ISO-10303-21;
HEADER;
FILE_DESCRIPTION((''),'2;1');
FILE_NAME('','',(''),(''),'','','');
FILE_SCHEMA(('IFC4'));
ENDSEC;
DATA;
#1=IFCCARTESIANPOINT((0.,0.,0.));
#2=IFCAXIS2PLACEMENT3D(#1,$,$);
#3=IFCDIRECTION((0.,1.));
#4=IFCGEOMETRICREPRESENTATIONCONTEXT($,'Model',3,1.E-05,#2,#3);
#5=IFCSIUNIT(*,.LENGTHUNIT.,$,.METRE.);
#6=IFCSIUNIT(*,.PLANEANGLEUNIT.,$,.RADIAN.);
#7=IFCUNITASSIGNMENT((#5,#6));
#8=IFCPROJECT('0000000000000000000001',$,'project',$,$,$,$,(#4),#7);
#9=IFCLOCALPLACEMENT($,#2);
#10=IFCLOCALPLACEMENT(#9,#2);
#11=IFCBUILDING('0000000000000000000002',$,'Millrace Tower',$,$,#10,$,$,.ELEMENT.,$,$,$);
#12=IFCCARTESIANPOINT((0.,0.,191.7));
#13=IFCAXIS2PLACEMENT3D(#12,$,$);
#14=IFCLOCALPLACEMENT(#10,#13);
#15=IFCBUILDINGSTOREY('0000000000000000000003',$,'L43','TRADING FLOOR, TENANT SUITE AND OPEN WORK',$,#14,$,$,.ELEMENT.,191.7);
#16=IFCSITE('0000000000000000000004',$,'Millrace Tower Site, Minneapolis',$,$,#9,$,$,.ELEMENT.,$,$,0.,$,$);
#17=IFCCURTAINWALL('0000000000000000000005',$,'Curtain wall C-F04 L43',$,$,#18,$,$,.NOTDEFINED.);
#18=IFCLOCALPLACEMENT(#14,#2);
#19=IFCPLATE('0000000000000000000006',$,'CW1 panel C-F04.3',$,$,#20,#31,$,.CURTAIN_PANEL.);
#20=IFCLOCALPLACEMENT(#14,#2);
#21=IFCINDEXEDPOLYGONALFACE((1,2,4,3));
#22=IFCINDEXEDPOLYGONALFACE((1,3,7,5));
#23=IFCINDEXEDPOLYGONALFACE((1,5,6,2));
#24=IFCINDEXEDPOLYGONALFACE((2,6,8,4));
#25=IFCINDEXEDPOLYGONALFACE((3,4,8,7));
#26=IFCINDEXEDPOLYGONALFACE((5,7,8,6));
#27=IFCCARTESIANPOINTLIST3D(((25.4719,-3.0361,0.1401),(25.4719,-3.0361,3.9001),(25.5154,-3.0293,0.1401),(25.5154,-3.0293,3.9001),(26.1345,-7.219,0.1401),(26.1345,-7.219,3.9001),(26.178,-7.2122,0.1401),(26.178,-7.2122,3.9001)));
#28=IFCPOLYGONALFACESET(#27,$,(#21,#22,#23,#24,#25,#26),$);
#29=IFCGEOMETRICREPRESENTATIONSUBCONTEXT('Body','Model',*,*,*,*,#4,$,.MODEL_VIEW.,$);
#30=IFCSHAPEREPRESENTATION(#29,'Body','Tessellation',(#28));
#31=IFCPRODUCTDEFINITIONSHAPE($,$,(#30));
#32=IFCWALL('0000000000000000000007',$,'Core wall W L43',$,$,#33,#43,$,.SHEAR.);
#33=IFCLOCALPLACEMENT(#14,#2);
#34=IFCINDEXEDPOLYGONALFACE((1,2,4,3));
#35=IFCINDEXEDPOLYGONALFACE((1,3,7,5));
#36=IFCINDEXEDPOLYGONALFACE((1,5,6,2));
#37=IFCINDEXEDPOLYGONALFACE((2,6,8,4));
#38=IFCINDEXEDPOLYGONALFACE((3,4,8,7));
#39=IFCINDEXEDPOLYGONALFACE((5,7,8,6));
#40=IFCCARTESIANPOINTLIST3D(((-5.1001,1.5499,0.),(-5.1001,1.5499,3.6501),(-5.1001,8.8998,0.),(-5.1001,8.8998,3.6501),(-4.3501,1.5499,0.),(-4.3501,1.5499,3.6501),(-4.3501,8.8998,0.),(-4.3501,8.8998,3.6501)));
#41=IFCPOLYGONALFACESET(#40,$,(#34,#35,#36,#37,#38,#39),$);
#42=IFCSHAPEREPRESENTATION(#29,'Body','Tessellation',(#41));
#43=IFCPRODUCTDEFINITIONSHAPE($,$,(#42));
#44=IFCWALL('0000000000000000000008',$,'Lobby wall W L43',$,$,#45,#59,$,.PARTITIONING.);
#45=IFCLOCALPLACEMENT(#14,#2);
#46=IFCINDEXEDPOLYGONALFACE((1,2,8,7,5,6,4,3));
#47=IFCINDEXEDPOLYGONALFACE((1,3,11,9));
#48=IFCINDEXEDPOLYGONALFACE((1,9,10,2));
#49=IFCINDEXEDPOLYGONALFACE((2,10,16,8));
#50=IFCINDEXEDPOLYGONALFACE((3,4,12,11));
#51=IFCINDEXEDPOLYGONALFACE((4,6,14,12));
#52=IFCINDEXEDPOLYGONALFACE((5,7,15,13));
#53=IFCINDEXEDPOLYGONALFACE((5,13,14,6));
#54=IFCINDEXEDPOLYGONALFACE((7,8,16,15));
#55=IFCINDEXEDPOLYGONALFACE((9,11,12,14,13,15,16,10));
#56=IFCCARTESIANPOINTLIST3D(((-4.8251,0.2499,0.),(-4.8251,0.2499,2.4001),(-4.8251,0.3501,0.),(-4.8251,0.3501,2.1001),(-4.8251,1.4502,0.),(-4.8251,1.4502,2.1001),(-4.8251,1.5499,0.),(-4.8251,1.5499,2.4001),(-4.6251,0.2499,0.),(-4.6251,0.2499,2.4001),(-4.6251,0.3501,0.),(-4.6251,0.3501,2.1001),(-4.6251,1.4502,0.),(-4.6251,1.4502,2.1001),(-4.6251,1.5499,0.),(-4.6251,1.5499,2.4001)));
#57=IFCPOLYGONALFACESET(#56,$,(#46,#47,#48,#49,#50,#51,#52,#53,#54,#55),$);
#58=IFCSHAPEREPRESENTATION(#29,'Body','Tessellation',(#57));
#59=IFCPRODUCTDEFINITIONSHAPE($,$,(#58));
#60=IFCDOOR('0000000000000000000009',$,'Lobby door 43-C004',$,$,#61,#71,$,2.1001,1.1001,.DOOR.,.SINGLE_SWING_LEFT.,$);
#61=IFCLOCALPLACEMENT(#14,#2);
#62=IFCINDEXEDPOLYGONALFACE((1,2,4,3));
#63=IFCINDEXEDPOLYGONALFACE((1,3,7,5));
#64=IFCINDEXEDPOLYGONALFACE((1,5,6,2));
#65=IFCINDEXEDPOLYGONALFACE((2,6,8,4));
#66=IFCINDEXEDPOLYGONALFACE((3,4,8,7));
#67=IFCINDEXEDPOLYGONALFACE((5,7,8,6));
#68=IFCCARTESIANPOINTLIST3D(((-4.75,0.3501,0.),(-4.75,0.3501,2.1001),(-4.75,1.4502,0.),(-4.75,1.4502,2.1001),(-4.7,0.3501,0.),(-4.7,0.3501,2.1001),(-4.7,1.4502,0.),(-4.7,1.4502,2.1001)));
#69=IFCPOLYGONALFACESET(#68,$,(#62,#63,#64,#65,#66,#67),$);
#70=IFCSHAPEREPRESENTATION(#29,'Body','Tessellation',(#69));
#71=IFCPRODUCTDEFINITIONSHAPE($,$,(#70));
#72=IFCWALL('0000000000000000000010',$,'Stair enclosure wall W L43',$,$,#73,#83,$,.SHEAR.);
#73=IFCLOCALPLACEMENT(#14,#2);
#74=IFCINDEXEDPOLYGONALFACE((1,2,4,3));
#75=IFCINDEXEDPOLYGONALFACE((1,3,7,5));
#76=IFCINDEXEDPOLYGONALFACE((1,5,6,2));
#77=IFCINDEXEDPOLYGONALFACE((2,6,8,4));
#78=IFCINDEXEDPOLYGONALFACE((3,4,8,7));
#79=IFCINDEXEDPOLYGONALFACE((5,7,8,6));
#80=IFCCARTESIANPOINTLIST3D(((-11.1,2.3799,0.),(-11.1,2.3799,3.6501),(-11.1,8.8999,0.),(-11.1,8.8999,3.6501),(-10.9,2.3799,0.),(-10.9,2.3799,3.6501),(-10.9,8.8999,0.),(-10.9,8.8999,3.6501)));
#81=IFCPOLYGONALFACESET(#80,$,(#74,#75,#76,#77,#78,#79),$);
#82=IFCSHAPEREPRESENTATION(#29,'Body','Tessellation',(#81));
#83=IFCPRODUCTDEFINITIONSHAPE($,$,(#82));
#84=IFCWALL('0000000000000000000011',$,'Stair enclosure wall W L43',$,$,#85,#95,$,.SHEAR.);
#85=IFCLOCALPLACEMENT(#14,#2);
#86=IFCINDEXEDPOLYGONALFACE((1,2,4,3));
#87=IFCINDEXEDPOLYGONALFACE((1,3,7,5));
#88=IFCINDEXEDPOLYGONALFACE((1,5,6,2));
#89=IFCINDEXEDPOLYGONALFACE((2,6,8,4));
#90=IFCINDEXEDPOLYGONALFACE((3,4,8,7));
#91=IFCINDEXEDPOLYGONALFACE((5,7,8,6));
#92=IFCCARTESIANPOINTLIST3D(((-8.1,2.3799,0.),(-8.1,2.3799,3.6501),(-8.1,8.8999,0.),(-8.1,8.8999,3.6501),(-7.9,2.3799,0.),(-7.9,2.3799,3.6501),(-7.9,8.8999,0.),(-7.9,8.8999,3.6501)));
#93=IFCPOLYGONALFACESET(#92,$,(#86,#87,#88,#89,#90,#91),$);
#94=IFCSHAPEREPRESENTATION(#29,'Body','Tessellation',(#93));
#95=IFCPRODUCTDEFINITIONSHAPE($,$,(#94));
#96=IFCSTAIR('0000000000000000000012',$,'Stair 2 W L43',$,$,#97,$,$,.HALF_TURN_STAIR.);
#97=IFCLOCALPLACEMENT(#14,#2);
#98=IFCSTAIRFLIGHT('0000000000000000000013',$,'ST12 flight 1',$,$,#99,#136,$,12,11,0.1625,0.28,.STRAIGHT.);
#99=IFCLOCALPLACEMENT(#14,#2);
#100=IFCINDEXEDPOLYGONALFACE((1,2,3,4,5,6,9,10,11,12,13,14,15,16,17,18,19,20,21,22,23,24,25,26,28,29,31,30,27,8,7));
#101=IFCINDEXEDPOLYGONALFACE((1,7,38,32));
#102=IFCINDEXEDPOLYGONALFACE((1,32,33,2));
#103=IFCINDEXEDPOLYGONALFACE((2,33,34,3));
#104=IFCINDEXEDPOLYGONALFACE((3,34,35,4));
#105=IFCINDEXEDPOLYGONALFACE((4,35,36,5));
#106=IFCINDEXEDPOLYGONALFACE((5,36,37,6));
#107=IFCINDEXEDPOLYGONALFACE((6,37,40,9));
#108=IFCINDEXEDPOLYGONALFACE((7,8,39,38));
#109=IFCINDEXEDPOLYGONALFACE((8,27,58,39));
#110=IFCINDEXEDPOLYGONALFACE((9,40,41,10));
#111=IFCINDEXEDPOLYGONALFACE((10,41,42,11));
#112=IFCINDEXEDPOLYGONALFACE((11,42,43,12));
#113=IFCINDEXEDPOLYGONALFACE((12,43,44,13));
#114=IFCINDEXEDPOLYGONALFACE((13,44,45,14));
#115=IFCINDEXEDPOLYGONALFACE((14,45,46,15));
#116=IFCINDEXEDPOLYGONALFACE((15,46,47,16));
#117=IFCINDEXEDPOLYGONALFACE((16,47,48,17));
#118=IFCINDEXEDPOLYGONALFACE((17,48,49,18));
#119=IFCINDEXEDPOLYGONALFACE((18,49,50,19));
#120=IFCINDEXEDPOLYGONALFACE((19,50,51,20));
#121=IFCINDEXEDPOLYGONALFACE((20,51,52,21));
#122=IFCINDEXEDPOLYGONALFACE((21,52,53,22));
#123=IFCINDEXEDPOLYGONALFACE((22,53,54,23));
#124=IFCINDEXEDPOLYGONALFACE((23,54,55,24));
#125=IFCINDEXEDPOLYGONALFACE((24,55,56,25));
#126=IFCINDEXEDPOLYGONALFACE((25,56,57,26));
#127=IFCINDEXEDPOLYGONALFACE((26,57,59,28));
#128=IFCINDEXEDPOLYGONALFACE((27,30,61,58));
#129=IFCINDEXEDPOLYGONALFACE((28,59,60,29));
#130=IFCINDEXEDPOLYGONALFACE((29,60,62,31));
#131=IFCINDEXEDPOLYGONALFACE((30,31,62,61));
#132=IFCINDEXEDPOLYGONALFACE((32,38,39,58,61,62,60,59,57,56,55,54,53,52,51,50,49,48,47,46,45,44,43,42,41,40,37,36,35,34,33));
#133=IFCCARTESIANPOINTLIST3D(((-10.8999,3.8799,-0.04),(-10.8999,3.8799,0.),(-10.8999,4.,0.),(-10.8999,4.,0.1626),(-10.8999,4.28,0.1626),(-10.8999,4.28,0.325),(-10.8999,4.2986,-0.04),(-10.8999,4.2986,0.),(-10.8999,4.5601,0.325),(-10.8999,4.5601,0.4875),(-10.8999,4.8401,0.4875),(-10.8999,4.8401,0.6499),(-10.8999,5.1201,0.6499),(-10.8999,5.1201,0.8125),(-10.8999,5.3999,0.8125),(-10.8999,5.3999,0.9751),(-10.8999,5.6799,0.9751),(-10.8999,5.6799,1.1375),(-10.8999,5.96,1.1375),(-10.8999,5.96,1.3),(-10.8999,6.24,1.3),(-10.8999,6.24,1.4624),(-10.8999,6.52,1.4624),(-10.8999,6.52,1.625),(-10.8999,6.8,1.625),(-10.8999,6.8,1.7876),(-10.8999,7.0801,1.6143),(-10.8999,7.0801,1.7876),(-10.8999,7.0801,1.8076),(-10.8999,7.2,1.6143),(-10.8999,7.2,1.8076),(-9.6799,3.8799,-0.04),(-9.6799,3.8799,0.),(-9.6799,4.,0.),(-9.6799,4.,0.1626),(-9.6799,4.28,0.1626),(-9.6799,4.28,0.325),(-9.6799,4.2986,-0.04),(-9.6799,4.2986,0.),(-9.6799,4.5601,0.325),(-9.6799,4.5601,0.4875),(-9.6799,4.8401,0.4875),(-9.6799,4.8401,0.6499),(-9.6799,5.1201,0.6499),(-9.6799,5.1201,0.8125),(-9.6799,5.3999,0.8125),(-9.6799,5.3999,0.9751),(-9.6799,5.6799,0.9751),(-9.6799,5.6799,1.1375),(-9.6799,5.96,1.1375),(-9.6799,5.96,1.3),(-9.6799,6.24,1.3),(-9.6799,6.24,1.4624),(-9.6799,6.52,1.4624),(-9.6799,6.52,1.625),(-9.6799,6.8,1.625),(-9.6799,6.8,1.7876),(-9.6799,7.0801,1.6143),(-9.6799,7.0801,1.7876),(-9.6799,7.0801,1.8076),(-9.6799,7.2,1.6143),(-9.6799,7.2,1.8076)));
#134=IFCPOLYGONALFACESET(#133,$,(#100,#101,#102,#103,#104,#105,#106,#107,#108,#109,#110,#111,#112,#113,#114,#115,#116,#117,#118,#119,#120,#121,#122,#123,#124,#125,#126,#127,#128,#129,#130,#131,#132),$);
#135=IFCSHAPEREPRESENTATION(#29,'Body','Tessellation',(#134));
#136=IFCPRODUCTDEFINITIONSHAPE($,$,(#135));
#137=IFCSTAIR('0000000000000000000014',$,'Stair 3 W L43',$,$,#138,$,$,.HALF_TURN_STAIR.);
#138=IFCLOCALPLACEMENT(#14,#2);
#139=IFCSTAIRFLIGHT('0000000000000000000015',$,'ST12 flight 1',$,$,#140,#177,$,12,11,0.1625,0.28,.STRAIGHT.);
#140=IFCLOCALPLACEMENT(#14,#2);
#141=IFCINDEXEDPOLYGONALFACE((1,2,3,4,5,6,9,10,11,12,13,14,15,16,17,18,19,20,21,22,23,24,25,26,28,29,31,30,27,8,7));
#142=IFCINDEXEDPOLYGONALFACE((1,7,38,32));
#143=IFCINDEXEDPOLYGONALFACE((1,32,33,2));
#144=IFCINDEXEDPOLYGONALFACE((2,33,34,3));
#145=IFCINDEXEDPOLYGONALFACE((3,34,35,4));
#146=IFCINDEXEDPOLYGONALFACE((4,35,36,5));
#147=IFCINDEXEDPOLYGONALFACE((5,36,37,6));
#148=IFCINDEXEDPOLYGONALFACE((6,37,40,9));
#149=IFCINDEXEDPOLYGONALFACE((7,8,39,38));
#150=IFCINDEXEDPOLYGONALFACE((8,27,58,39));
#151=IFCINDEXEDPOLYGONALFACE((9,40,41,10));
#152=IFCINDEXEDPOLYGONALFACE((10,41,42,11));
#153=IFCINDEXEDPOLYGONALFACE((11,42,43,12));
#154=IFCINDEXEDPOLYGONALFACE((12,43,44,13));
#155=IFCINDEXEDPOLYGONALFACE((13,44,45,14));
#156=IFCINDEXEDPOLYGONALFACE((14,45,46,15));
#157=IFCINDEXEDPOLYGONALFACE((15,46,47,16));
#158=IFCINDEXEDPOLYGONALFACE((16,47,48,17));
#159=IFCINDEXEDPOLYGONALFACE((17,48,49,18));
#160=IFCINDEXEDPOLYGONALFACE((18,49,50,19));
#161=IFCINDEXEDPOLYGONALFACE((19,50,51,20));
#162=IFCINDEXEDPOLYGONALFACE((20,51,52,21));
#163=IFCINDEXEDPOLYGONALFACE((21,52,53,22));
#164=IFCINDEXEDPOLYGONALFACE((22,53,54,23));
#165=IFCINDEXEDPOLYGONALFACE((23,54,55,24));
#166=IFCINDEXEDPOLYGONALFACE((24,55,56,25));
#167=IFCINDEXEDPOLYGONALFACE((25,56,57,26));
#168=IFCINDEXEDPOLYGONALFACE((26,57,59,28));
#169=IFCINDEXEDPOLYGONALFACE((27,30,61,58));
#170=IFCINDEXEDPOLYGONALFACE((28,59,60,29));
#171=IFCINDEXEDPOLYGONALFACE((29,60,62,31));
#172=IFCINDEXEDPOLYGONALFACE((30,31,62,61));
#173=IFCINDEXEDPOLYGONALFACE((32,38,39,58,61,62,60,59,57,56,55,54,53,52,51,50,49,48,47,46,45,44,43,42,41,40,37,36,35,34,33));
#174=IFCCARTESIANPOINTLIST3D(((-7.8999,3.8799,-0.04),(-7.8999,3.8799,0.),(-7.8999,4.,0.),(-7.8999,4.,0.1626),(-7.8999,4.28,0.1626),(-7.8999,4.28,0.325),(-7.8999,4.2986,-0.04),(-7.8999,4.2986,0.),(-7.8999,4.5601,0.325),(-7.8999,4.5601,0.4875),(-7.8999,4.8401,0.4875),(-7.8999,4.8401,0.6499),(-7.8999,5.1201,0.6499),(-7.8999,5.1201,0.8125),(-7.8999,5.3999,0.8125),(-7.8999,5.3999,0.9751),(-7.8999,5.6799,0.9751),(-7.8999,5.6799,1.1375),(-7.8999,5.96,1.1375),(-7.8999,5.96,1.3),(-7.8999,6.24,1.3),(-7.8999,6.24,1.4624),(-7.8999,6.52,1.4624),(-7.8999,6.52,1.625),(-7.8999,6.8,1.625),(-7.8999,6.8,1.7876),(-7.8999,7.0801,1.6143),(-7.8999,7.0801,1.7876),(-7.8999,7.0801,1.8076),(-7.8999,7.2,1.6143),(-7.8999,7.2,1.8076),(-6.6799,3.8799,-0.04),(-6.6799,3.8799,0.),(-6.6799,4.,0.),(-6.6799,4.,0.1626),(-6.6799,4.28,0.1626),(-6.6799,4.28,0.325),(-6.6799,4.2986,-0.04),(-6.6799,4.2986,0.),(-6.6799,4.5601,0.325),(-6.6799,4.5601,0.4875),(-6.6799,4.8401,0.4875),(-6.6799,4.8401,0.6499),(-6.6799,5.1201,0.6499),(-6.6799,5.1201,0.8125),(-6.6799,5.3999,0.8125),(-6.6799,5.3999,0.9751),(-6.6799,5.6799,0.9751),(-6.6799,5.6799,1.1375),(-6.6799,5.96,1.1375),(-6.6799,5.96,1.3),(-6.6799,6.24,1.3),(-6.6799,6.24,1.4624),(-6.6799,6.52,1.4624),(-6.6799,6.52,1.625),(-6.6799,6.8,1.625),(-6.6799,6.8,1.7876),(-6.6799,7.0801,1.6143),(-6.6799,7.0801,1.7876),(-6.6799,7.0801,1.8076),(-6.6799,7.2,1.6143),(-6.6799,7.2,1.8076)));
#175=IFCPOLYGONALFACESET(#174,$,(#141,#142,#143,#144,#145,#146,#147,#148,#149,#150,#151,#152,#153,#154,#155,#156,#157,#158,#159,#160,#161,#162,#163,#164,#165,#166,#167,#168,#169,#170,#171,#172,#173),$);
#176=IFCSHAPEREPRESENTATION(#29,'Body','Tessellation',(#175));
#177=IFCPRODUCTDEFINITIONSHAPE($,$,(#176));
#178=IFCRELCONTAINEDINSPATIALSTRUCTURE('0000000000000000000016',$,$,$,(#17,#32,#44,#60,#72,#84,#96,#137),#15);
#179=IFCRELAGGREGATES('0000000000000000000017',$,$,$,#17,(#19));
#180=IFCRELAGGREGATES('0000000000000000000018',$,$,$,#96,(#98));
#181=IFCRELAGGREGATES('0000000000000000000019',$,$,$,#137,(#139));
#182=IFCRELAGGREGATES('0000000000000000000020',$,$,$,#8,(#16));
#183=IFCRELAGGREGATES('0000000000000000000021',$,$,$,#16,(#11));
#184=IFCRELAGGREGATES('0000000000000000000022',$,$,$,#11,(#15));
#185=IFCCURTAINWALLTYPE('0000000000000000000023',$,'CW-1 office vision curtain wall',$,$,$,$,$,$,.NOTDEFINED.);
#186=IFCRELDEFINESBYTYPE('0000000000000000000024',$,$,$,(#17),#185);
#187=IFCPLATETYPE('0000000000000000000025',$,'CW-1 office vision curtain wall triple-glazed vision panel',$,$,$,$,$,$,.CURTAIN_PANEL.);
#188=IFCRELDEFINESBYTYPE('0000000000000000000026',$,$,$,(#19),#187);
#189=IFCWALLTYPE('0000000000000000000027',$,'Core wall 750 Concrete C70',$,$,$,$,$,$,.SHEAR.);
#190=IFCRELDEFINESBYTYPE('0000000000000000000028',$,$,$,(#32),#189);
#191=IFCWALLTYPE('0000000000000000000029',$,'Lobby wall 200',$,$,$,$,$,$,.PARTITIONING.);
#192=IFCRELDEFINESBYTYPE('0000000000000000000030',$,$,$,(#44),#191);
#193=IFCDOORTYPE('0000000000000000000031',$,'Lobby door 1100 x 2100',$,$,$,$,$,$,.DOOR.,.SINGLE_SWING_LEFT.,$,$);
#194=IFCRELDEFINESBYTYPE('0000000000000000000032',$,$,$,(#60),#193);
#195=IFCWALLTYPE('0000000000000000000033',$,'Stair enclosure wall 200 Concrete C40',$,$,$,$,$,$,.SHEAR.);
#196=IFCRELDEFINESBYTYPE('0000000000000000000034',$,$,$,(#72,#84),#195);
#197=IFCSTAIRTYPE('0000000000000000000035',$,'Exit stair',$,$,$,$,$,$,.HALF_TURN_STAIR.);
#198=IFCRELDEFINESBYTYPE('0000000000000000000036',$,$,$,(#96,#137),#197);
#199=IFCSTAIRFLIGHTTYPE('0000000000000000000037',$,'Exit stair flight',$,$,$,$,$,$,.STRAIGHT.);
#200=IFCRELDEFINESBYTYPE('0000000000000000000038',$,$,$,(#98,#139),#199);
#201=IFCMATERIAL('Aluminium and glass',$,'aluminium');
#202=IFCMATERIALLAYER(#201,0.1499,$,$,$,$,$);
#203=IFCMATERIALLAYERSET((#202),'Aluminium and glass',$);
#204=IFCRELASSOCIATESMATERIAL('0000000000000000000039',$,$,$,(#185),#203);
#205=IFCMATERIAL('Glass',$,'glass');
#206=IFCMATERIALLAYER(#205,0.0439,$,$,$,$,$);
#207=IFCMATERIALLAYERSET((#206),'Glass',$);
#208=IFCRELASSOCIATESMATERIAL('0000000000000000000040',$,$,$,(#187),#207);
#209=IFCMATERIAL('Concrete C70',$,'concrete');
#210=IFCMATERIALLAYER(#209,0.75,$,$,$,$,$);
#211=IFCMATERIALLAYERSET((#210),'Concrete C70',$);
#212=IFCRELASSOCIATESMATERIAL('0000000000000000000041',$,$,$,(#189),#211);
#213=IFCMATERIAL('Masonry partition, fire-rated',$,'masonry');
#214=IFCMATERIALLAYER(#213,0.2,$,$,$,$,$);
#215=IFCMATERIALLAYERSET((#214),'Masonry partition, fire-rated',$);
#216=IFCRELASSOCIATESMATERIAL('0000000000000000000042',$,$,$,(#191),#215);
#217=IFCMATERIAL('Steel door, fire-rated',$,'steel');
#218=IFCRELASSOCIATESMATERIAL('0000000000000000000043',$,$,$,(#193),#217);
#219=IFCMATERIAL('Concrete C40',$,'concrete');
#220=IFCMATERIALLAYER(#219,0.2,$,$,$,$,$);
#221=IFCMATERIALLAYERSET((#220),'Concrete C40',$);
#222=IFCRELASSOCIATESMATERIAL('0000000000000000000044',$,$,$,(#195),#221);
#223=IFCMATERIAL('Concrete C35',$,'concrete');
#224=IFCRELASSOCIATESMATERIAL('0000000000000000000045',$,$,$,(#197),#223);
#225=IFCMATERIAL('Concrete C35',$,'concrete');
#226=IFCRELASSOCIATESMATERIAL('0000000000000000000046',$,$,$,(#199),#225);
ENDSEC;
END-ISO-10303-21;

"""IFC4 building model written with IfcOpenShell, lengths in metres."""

from ifc_helpers import new_model, si_unit, direction, frame, frame_2d, origin, place, context, subcontext, project, spatial, polyline, rectangle, outline, extrude, material, layer, layer_set, type_object, element, fill, aggregate, save


model = new_model("IFC4")

# Units and contexts
model_context = context("Model", 3, precision=1e-05, world=origin(), true_north=direction((0.0, 1.0)))
body_context = subcontext(model_context, "Body", "Model", "MODEL_VIEW")
ifc_project = project(units=[si_unit("LENGTHUNIT", "METRE"), si_unit("PLANEANGLEUNIT", "RADIAN")], contexts=[model_context])

# Site, building, storey
site_placement = place(None, origin())
site = spatial("IfcSite", under=ifc_project, at=site_placement, Name="Millrace Tower Site, Minneapolis", CompositionType="ELEMENT", RefElevation=0.0)
building_placement = place(site_placement, origin())
building = spatial("IfcBuilding", under=site, at=building_placement, Name="Millrace Tower", CompositionType="ELEMENT")
storey_placement = place(building_placement, frame((0.0, 0.0, 191.7)))
storey = spatial("IfcBuildingStorey", under=building, at=storey_placement, Name="L43", Description="TRADING FLOOR, TENANT SUITE AND OPEN WORK", CompositionType="ELEMENT", Elevation=191.7)

# Shared definitions
ifc_material_1 = material(Name="Aluminium and glass", Category="aluminium")
ifc_layer_1 = layer(ifc_material_1, 0.1499)
ifc_layer_set_1 = layer_set([ifc_layer_1], Name="Aluminium and glass")
curtain_wall_type = type_object("IfcCurtainWallType", Name="CW-1 office vision curtain wall", PredefinedType="NOTDEFINED", material=ifc_layer_set_1)
placement_1 = place(storey_placement, origin())
ifc_material_2 = material(Name="Glass", Category="glass")
ifc_layer_2 = layer(ifc_material_2, 0.0439)
ifc_layer_set_2 = layer_set([ifc_layer_2], Name="Glass")
plate_type = type_object("IfcPlateType", Name="CW-1 office vision curtain wall triple-glazed vision panel", PredefinedType="CURTAIN_PANEL", material=ifc_layer_set_2)
placement_2 = place(storey_placement, frame((0.0, 0.0, 0.1401)))

# Curtain wall, plate
curtain_wall_1 = element("IfcCurtainWall", 1, at=placement_1, inside=storey, type_object=curtain_wall_type, Name="Curtain wall C-F04 L43", PredefinedType="NOTDEFINED")
plate_1 = element("IfcPlate", 2, at=placement_2, type_object=plate_type, Name="CW1 panel C-F04.3", PredefinedType="CURTAIN_PANEL", context=body_context, shape_type="SweptSolid", body=[
    extrude(outline(polyline([(26.178, -7.2122), (25.5154, -3.0293), (25.4719, -3.0361), (26.1345, -7.219), (26.178, -7.2122)])), origin(), (0.0, 0.0, 1.0), 3.76),
])
aggregate(curtain_wall_1, [plate_1])

# Wall
ifc_material_3 = material(Name="Concrete C70", Category="concrete")
ifc_layer_3 = layer(ifc_material_3, 0.75)
ifc_layer_set_3 = layer_set([ifc_layer_3], Name="Concrete C70")
wall_type_1 = type_object("IfcWallType", Name="Core wall 750 Concrete C70", PredefinedType="SHEAR", material=ifc_layer_set_3)
wall_1_placement = place(storey_placement, frame((-4.7251, 1.55, 0.0), z_axis=(0.0, 0.0, 1.0), x_axis=(0.0, 1.0, 0.0)))
element("IfcWall", 3, at=wall_1_placement, inside=storey, type_object=wall_type_1, Name="Core wall W L43", PredefinedType="SHEAR", context=body_context, shape_type="SweptSolid", body=[
    extrude(rectangle(XDim=7.3499, YDim=0.75, at=frame_2d((3.6748, 0.0))), origin(), (0.0, 0.0, 1.0), 3.6501),
])

# Wall, opening, door
ifc_material_4 = material(Name="Masonry partition, fire-rated", Category="masonry")
ifc_layer_4 = layer(ifc_material_4, 0.2)
ifc_layer_set_4 = layer_set([ifc_layer_4], Name="Masonry partition, fire-rated")
wall_type_2 = type_object("IfcWallType", Name="Lobby wall 200", PredefinedType="PARTITIONING", material=ifc_layer_set_4)
wall_2_placement = place(storey_placement, frame((-4.7251, 0.25, 0.0), z_axis=(0.0, 0.0, 1.0), x_axis=(0.0, 1.0, 0.0)))
wall_2 = element("IfcWall", 4, at=wall_2_placement, inside=storey, type_object=wall_type_2, Name="Lobby wall W L43", PredefinedType="PARTITIONING", context=body_context, shape_type="SweptSolid", body=[
    extrude(rectangle(XDim=1.3, YDim=0.2, at=frame_2d((0.6499, 0.0))), origin(), (0.0, 0.0, 1.0), 2.4001),
])
opening_placement = place(wall_2_placement, frame((0.1001, 0.0, 0.0)))
opening = element("IfcOpeningElement", 5, at=opening_placement, cuts=wall_2, PredefinedType="OPENING", context=body_context, shape_type="SweptSolid", body=[
    extrude(rectangle(XDim=1.1001, YDim=2.1001, at=frame_2d((0.55, 1.05))), frame((0.0, 0.1099, 0.0), z_axis=(0.0, -1.0, 0.0), x_axis=(1.0, 0.0, 0.0)), (0.0, 0.0, 1.0), 0.22),
])
ifc_material_5 = material(Name="Steel door, fire-rated", Category="steel")
door_type = type_object("IfcDoorType", Name="Lobby door 1100 x 2100", OperationType="SINGLE_SWING_LEFT", PredefinedType="DOOR", material=ifc_material_5)
door_placement = place(opening_placement, origin())
door = element("IfcDoor", 6, at=door_placement, inside=storey, type_object=door_type, Name="Lobby door 43-C004", OperationType="SINGLE_SWING_LEFT", OverallHeight=2.1001, OverallWidth=1.1001, PredefinedType="DOOR", context=body_context, shape_type="SweptSolid", body=[
    extrude(rectangle(XDim=1.1001, YDim=2.1001, at=frame_2d((0.55, 1.05))), frame((0.0, 0.0249, 0.0), z_axis=(0.0, -1.0, 0.0), x_axis=(1.0, 0.0, 0.0)), (0.0, 0.0, 1.0), 0.05),
])
fill(opening, door)

# Walls
ifc_material_6 = material(Name="Concrete C40", Category="concrete")
ifc_layer_5 = layer(ifc_material_6, 0.2)
ifc_layer_set_5 = layer_set([ifc_layer_5], Name="Concrete C40")
wall_type_3 = type_object("IfcWallType", Name="Stair enclosure wall 200 Concrete C40", PredefinedType="SHEAR", material=ifc_layer_set_5)
for number, where, z_axis, x_axis, name in (
    (7, (-11.0, 2.3799, 0.0), (0.0, 0.0, 1.0), (0.0, 1.0, 0.0), "Stair enclosure wall W L43"),
    (8, (-8.0, 2.3799, 0.0), (0.0, 0.0, 1.0), (0.0, 1.0, 0.0), "Stair enclosure wall W L43"),
):
    element("IfcWall", number, at=place(storey_placement, frame(where, z_axis=z_axis, x_axis=x_axis)), inside=storey, type_object=wall_type_3, Name=name, PredefinedType="SHEAR", context=body_context, shape_type="SweptSolid", body=[
        extrude(rectangle(XDim=6.52, YDim=0.2, at=frame_2d((3.26, 0.0))), origin(), (0.0, 0.0, 1.0), 3.6501),
    ])

# Stairs, stair flights
ifc_material_7 = material(Name="Concrete C35", Category="concrete")
stair_type = type_object("IfcStairType", Name="Exit stair", PredefinedType="HALF_TURN_STAIR", material=ifc_material_7)
stair_1 = element("IfcStair", 9, at=placement_1, inside=storey, type_object=stair_type, Name="Stair 2 W L43", PredefinedType="HALF_TURN_STAIR")
ifc_material_8 = material(Name="Concrete C35", Category="concrete")
stair_flight_type = type_object("IfcStairFlightType", Name="Exit stair flight", PredefinedType="STRAIGHT", material=ifc_material_8)
stair_flight_1_placement = place(storey_placement, frame((-10.29, 4.0, 0.0), z_axis=(0.0, 0.0, 1.0), x_axis=(0.0, 1.0, 0.0)))
stair_flight_1 = element("IfcStairFlight", 10, at=stair_flight_1_placement, type_object=stair_flight_type, Name="ST12 flight 1", NumberOfRisers=12, NumberOfTreads=11, PredefinedType="STRAIGHT", RiserHeight=0.1625, TreadLength=0.28, context=body_context, shape_type="SweptSolid", body=[
    extrude(outline(polyline([(-0.1201, -0.04), (-0.1201, 0.0), (0.0, 0.0), (0.0, 0.1626), (0.28, 0.1626), (0.28, 0.325), (0.5601, 0.325), (0.5601, 0.4875), (0.8401, 0.4875), (0.8401, 0.6499), (1.1201, 0.6499), (1.1201, 0.8125), (1.3999, 0.8125), (1.3999, 0.9751), (1.6799, 0.9751), (1.6799, 1.1375), (1.96, 1.1375), (1.96, 1.3), (2.24, 1.3), (2.24, 1.4624), (2.52, 1.4624), (2.52, 1.625), (2.8, 1.625), (2.8, 1.7876), (3.0801, 1.7876), (3.0801, 1.8076), (3.2, 1.8076), (3.2, 1.6143), (3.0801, 1.6143), (0.2986, 0.0), (0.2986, -0.04), (-0.1201, -0.04)])), frame((0.0, 0.6099, 0.0), z_axis=(0.0, -1.0, 0.0), x_axis=(1.0, 0.0, 0.0)), (0.0, 0.0, 1.0), 1.22),
])
aggregate(stair_1, [stair_flight_1])
stair_2 = element("IfcStair", 11, at=placement_1, inside=storey, type_object=stair_type, Name="Stair 3 W L43", PredefinedType="HALF_TURN_STAIR")
stair_flight_2_placement = place(storey_placement, frame((-7.29, 4.0, 0.0), z_axis=(0.0, 0.0, 1.0), x_axis=(0.0, 1.0, 0.0)))
stair_flight_2 = element("IfcStairFlight", 12, at=stair_flight_2_placement, type_object=stair_flight_type, Name="ST12 flight 1", NumberOfRisers=12, NumberOfTreads=11, PredefinedType="STRAIGHT", RiserHeight=0.1625, TreadLength=0.28, context=body_context, shape_type="SweptSolid", body=[
    extrude(outline(polyline([(-0.1201, -0.04), (-0.1201, 0.0), (0.0, 0.0), (0.0, 0.1626), (0.28, 0.1626), (0.28, 0.325), (0.5601, 0.325), (0.5601, 0.4875), (0.8401, 0.4875), (0.8401, 0.6499), (1.1201, 0.6499), (1.1201, 0.8125), (1.3999, 0.8125), (1.3999, 0.9751), (1.6799, 0.9751), (1.6799, 1.1375), (1.96, 1.1375), (1.96, 1.3), (2.24, 1.3), (2.24, 1.4624), (2.52, 1.4624), (2.52, 1.625), (2.8, 1.625), (2.8, 1.7876), (3.0801, 1.7876), (3.0801, 1.8076), (3.2, 1.8076), (3.2, 1.6143), (3.0801, 1.6143), (0.2986, 0.0), (0.2986, -0.04), (-0.1201, -0.04)])), frame((0.0, 0.6099, 0.0), z_axis=(0.0, -1.0, 0.0), x_axis=(1.0, 0.0, 0.0)), (0.0, 0.0, 1.0), 1.22),
])
aggregate(stair_2, [stair_flight_2])

save(model, "model.ifc")
